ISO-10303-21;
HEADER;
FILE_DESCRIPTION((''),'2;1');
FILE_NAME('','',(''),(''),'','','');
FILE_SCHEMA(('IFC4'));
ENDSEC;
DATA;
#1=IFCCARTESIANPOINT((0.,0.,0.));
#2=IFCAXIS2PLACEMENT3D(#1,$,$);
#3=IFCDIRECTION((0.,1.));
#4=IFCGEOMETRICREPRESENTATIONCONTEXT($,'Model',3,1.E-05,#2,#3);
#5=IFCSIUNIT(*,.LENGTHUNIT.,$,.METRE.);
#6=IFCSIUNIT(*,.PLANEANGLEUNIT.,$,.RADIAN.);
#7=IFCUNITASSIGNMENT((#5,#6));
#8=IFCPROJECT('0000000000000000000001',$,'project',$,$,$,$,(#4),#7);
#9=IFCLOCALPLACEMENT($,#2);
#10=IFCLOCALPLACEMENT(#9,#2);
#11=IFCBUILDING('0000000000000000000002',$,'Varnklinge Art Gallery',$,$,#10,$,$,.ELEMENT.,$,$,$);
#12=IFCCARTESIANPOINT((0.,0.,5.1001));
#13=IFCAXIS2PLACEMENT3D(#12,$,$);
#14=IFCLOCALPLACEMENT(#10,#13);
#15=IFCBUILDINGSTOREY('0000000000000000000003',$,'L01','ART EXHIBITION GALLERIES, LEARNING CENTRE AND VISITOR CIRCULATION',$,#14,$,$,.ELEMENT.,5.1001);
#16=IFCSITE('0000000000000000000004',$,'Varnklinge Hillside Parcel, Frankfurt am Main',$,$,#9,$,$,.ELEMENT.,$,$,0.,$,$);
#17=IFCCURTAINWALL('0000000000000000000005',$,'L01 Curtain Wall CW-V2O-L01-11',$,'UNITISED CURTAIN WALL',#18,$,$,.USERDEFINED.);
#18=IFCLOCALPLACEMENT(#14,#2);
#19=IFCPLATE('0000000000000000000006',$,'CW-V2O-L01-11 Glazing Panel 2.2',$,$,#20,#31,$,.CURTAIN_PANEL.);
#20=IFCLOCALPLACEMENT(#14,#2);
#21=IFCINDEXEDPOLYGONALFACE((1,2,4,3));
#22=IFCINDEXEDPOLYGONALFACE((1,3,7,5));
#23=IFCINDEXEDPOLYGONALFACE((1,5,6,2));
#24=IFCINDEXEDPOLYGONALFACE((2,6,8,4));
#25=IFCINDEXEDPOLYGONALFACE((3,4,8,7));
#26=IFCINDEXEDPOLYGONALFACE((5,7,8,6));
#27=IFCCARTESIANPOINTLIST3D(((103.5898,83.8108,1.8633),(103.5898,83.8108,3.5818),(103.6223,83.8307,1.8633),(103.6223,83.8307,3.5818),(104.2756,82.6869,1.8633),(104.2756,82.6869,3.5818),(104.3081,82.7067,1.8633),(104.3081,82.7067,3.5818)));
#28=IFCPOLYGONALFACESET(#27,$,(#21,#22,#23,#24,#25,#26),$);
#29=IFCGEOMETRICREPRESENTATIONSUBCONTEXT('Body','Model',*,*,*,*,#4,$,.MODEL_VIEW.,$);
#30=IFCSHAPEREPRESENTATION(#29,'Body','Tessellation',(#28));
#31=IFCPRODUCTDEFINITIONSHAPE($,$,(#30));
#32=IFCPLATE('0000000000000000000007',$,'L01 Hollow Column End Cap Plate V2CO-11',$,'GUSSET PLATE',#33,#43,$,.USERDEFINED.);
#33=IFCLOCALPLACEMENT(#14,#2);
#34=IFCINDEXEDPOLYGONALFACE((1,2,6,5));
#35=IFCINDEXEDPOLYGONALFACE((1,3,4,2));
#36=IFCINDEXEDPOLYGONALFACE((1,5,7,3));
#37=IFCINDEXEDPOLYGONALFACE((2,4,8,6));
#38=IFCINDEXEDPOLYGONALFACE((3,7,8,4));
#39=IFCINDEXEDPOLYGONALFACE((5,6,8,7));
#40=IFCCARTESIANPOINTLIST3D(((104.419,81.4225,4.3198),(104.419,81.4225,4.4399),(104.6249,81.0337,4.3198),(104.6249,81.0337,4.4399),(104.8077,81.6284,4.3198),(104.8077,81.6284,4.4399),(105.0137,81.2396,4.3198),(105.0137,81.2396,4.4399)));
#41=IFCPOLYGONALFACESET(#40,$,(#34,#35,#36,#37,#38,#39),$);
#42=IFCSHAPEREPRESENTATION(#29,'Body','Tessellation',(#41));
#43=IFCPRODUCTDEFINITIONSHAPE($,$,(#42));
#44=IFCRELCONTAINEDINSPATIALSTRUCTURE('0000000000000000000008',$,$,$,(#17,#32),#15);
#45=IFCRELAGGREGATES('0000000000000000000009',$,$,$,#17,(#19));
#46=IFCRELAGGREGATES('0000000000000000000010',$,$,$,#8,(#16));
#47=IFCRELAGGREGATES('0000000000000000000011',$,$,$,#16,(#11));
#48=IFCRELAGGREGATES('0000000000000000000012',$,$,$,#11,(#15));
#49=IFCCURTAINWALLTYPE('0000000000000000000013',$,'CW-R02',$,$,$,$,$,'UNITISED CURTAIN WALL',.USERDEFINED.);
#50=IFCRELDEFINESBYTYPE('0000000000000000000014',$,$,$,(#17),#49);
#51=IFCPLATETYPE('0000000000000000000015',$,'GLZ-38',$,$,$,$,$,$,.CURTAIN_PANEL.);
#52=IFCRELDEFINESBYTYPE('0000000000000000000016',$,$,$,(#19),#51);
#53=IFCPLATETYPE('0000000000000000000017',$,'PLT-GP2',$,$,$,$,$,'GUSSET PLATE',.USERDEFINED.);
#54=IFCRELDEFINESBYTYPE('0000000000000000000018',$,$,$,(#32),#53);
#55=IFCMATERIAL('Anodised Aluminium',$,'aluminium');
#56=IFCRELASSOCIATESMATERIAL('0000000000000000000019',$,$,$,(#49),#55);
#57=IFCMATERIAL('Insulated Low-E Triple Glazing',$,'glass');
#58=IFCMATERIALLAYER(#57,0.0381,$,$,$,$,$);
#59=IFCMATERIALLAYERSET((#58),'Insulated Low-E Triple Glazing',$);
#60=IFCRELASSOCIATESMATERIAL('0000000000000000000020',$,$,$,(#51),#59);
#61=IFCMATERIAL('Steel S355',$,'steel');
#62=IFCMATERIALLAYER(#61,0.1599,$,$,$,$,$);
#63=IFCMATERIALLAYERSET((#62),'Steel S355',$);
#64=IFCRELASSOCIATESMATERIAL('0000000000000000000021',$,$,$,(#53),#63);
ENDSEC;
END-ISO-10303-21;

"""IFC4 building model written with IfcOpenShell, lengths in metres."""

from ifc_helpers import new_model, si_unit, direction, frame, origin, origin_2d, place, context, subcontext, project, spatial, rectangle, extrude, material, layer, layer_set, type_object, element, aggregate, save


model = new_model("IFC4")

# Units and contexts
model_context = context("Model", 3, precision=1e-05, world=origin(), true_north=direction((0.0, 1.0)))
body_context = subcontext(model_context, "Body", "Model", "MODEL_VIEW")
ifc_project = project(units=[si_unit("LENGTHUNIT", "METRE"), si_unit("PLANEANGLEUNIT", "RADIAN")], contexts=[model_context])

# Site, building, storey
site_placement = place(None, origin())
site = spatial("IfcSite", under=ifc_project, at=site_placement, Name="Varnklinge Hillside Parcel, Frankfurt am Main", CompositionType="ELEMENT", RefElevation=0.0)
building_placement = place(site_placement, origin())
building = spatial("IfcBuilding", under=site, at=building_placement, Name="Varnklinge Art Gallery", CompositionType="ELEMENT")
storey_placement = place(building_placement, frame((0.0, 0.0, 5.1001)))
storey = spatial("IfcBuildingStorey", under=building, at=storey_placement, Name="L01", Description="ART EXHIBITION GALLERIES, LEARNING CENTRE AND VISITOR CIRCULATION", CompositionType="ELEMENT", Elevation=5.1001)

# Curtain wall
ifc_material_1 = material(Name="Anodised Aluminium", Category="aluminium")
curtain_wall_type = type_object("IfcCurtainWallType", Name="CW-R02", ElementType="UNITISED CURTAIN WALL", PredefinedType="USERDEFINED", material=ifc_material_1)
curtain_wall_1_placement = place(storey_placement, origin())
curtain_wall_1 = element("IfcCurtainWall", 1, at=curtain_wall_1_placement, inside=storey, type_object=curtain_wall_type, Name="L01 Curtain Wall CW-V2O-L01-11", ObjectType="UNITISED CURTAIN WALL", PredefinedType="USERDEFINED")

# Plates
ifc_material_2 = material(Name="Insulated Low-E Triple Glazing", Category="glass")
ifc_layer_1 = layer(ifc_material_2, 0.0381)
ifc_layer_set_1 = layer_set([ifc_layer_1], Name="Insulated Low-E Triple Glazing")
plate_type_1 = type_object("IfcPlateType", Name="GLZ-38", PredefinedType="CURTAIN_PANEL", material=ifc_layer_set_1)
plate_1_placement = place(storey_placement, frame((103.949, 83.2588, 1.8633), z_axis=(0.0, 0.0, 1.0), x_axis=(-0.520861, 0.853642, 0.0)))
plate_1 = element("IfcPlate", 2, at=plate_1_placement, type_object=plate_type_1, Name="CW-V2O-L01-11 Glazing Panel 2.2", PredefinedType="CURTAIN_PANEL", context=body_context, shape_type="SweptSolid", body=[
    extrude(rectangle(XDim=1.3167, YDim=0.0381, at=origin_2d()), origin(), (0.0, 0.0, 1.0), 1.7185),
])
aggregate(curtain_wall_1, [plate_1])
ifc_material_3 = material(Name="Steel S355", Category="steel")
ifc_layer_2 = layer(ifc_material_3, 0.1599)
ifc_layer_set_2 = layer_set([ifc_layer_2], Name="Steel S355")
plate_type_2 = type_object("IfcPlateType", Name="PLT-GP2", ElementType="GUSSET PLATE", PredefinedType="USERDEFINED", material=ifc_layer_set_2)
plate_2_placement = place(storey_placement, frame((104.7163, 81.3311, 4.3198), z_axis=(0.0, 0.0, 1.0), x_axis=(-0.883684, -0.468084, 0.0)))
element("IfcPlate", 3, at=plate_2_placement, inside=storey, type_object=plate_type_2, Name="L01 Hollow Column End Cap Plate V2CO-11", ObjectType="GUSSET PLATE", PredefinedType="USERDEFINED", context=body_context, shape_type="SweptSolid", body=[
    extrude(rectangle(XDim=0.4399, YDim=0.4399, at=origin_2d()), origin(), (0.0, 0.0, 1.0), 0.1201),
])

save(model, "model.ifc")
